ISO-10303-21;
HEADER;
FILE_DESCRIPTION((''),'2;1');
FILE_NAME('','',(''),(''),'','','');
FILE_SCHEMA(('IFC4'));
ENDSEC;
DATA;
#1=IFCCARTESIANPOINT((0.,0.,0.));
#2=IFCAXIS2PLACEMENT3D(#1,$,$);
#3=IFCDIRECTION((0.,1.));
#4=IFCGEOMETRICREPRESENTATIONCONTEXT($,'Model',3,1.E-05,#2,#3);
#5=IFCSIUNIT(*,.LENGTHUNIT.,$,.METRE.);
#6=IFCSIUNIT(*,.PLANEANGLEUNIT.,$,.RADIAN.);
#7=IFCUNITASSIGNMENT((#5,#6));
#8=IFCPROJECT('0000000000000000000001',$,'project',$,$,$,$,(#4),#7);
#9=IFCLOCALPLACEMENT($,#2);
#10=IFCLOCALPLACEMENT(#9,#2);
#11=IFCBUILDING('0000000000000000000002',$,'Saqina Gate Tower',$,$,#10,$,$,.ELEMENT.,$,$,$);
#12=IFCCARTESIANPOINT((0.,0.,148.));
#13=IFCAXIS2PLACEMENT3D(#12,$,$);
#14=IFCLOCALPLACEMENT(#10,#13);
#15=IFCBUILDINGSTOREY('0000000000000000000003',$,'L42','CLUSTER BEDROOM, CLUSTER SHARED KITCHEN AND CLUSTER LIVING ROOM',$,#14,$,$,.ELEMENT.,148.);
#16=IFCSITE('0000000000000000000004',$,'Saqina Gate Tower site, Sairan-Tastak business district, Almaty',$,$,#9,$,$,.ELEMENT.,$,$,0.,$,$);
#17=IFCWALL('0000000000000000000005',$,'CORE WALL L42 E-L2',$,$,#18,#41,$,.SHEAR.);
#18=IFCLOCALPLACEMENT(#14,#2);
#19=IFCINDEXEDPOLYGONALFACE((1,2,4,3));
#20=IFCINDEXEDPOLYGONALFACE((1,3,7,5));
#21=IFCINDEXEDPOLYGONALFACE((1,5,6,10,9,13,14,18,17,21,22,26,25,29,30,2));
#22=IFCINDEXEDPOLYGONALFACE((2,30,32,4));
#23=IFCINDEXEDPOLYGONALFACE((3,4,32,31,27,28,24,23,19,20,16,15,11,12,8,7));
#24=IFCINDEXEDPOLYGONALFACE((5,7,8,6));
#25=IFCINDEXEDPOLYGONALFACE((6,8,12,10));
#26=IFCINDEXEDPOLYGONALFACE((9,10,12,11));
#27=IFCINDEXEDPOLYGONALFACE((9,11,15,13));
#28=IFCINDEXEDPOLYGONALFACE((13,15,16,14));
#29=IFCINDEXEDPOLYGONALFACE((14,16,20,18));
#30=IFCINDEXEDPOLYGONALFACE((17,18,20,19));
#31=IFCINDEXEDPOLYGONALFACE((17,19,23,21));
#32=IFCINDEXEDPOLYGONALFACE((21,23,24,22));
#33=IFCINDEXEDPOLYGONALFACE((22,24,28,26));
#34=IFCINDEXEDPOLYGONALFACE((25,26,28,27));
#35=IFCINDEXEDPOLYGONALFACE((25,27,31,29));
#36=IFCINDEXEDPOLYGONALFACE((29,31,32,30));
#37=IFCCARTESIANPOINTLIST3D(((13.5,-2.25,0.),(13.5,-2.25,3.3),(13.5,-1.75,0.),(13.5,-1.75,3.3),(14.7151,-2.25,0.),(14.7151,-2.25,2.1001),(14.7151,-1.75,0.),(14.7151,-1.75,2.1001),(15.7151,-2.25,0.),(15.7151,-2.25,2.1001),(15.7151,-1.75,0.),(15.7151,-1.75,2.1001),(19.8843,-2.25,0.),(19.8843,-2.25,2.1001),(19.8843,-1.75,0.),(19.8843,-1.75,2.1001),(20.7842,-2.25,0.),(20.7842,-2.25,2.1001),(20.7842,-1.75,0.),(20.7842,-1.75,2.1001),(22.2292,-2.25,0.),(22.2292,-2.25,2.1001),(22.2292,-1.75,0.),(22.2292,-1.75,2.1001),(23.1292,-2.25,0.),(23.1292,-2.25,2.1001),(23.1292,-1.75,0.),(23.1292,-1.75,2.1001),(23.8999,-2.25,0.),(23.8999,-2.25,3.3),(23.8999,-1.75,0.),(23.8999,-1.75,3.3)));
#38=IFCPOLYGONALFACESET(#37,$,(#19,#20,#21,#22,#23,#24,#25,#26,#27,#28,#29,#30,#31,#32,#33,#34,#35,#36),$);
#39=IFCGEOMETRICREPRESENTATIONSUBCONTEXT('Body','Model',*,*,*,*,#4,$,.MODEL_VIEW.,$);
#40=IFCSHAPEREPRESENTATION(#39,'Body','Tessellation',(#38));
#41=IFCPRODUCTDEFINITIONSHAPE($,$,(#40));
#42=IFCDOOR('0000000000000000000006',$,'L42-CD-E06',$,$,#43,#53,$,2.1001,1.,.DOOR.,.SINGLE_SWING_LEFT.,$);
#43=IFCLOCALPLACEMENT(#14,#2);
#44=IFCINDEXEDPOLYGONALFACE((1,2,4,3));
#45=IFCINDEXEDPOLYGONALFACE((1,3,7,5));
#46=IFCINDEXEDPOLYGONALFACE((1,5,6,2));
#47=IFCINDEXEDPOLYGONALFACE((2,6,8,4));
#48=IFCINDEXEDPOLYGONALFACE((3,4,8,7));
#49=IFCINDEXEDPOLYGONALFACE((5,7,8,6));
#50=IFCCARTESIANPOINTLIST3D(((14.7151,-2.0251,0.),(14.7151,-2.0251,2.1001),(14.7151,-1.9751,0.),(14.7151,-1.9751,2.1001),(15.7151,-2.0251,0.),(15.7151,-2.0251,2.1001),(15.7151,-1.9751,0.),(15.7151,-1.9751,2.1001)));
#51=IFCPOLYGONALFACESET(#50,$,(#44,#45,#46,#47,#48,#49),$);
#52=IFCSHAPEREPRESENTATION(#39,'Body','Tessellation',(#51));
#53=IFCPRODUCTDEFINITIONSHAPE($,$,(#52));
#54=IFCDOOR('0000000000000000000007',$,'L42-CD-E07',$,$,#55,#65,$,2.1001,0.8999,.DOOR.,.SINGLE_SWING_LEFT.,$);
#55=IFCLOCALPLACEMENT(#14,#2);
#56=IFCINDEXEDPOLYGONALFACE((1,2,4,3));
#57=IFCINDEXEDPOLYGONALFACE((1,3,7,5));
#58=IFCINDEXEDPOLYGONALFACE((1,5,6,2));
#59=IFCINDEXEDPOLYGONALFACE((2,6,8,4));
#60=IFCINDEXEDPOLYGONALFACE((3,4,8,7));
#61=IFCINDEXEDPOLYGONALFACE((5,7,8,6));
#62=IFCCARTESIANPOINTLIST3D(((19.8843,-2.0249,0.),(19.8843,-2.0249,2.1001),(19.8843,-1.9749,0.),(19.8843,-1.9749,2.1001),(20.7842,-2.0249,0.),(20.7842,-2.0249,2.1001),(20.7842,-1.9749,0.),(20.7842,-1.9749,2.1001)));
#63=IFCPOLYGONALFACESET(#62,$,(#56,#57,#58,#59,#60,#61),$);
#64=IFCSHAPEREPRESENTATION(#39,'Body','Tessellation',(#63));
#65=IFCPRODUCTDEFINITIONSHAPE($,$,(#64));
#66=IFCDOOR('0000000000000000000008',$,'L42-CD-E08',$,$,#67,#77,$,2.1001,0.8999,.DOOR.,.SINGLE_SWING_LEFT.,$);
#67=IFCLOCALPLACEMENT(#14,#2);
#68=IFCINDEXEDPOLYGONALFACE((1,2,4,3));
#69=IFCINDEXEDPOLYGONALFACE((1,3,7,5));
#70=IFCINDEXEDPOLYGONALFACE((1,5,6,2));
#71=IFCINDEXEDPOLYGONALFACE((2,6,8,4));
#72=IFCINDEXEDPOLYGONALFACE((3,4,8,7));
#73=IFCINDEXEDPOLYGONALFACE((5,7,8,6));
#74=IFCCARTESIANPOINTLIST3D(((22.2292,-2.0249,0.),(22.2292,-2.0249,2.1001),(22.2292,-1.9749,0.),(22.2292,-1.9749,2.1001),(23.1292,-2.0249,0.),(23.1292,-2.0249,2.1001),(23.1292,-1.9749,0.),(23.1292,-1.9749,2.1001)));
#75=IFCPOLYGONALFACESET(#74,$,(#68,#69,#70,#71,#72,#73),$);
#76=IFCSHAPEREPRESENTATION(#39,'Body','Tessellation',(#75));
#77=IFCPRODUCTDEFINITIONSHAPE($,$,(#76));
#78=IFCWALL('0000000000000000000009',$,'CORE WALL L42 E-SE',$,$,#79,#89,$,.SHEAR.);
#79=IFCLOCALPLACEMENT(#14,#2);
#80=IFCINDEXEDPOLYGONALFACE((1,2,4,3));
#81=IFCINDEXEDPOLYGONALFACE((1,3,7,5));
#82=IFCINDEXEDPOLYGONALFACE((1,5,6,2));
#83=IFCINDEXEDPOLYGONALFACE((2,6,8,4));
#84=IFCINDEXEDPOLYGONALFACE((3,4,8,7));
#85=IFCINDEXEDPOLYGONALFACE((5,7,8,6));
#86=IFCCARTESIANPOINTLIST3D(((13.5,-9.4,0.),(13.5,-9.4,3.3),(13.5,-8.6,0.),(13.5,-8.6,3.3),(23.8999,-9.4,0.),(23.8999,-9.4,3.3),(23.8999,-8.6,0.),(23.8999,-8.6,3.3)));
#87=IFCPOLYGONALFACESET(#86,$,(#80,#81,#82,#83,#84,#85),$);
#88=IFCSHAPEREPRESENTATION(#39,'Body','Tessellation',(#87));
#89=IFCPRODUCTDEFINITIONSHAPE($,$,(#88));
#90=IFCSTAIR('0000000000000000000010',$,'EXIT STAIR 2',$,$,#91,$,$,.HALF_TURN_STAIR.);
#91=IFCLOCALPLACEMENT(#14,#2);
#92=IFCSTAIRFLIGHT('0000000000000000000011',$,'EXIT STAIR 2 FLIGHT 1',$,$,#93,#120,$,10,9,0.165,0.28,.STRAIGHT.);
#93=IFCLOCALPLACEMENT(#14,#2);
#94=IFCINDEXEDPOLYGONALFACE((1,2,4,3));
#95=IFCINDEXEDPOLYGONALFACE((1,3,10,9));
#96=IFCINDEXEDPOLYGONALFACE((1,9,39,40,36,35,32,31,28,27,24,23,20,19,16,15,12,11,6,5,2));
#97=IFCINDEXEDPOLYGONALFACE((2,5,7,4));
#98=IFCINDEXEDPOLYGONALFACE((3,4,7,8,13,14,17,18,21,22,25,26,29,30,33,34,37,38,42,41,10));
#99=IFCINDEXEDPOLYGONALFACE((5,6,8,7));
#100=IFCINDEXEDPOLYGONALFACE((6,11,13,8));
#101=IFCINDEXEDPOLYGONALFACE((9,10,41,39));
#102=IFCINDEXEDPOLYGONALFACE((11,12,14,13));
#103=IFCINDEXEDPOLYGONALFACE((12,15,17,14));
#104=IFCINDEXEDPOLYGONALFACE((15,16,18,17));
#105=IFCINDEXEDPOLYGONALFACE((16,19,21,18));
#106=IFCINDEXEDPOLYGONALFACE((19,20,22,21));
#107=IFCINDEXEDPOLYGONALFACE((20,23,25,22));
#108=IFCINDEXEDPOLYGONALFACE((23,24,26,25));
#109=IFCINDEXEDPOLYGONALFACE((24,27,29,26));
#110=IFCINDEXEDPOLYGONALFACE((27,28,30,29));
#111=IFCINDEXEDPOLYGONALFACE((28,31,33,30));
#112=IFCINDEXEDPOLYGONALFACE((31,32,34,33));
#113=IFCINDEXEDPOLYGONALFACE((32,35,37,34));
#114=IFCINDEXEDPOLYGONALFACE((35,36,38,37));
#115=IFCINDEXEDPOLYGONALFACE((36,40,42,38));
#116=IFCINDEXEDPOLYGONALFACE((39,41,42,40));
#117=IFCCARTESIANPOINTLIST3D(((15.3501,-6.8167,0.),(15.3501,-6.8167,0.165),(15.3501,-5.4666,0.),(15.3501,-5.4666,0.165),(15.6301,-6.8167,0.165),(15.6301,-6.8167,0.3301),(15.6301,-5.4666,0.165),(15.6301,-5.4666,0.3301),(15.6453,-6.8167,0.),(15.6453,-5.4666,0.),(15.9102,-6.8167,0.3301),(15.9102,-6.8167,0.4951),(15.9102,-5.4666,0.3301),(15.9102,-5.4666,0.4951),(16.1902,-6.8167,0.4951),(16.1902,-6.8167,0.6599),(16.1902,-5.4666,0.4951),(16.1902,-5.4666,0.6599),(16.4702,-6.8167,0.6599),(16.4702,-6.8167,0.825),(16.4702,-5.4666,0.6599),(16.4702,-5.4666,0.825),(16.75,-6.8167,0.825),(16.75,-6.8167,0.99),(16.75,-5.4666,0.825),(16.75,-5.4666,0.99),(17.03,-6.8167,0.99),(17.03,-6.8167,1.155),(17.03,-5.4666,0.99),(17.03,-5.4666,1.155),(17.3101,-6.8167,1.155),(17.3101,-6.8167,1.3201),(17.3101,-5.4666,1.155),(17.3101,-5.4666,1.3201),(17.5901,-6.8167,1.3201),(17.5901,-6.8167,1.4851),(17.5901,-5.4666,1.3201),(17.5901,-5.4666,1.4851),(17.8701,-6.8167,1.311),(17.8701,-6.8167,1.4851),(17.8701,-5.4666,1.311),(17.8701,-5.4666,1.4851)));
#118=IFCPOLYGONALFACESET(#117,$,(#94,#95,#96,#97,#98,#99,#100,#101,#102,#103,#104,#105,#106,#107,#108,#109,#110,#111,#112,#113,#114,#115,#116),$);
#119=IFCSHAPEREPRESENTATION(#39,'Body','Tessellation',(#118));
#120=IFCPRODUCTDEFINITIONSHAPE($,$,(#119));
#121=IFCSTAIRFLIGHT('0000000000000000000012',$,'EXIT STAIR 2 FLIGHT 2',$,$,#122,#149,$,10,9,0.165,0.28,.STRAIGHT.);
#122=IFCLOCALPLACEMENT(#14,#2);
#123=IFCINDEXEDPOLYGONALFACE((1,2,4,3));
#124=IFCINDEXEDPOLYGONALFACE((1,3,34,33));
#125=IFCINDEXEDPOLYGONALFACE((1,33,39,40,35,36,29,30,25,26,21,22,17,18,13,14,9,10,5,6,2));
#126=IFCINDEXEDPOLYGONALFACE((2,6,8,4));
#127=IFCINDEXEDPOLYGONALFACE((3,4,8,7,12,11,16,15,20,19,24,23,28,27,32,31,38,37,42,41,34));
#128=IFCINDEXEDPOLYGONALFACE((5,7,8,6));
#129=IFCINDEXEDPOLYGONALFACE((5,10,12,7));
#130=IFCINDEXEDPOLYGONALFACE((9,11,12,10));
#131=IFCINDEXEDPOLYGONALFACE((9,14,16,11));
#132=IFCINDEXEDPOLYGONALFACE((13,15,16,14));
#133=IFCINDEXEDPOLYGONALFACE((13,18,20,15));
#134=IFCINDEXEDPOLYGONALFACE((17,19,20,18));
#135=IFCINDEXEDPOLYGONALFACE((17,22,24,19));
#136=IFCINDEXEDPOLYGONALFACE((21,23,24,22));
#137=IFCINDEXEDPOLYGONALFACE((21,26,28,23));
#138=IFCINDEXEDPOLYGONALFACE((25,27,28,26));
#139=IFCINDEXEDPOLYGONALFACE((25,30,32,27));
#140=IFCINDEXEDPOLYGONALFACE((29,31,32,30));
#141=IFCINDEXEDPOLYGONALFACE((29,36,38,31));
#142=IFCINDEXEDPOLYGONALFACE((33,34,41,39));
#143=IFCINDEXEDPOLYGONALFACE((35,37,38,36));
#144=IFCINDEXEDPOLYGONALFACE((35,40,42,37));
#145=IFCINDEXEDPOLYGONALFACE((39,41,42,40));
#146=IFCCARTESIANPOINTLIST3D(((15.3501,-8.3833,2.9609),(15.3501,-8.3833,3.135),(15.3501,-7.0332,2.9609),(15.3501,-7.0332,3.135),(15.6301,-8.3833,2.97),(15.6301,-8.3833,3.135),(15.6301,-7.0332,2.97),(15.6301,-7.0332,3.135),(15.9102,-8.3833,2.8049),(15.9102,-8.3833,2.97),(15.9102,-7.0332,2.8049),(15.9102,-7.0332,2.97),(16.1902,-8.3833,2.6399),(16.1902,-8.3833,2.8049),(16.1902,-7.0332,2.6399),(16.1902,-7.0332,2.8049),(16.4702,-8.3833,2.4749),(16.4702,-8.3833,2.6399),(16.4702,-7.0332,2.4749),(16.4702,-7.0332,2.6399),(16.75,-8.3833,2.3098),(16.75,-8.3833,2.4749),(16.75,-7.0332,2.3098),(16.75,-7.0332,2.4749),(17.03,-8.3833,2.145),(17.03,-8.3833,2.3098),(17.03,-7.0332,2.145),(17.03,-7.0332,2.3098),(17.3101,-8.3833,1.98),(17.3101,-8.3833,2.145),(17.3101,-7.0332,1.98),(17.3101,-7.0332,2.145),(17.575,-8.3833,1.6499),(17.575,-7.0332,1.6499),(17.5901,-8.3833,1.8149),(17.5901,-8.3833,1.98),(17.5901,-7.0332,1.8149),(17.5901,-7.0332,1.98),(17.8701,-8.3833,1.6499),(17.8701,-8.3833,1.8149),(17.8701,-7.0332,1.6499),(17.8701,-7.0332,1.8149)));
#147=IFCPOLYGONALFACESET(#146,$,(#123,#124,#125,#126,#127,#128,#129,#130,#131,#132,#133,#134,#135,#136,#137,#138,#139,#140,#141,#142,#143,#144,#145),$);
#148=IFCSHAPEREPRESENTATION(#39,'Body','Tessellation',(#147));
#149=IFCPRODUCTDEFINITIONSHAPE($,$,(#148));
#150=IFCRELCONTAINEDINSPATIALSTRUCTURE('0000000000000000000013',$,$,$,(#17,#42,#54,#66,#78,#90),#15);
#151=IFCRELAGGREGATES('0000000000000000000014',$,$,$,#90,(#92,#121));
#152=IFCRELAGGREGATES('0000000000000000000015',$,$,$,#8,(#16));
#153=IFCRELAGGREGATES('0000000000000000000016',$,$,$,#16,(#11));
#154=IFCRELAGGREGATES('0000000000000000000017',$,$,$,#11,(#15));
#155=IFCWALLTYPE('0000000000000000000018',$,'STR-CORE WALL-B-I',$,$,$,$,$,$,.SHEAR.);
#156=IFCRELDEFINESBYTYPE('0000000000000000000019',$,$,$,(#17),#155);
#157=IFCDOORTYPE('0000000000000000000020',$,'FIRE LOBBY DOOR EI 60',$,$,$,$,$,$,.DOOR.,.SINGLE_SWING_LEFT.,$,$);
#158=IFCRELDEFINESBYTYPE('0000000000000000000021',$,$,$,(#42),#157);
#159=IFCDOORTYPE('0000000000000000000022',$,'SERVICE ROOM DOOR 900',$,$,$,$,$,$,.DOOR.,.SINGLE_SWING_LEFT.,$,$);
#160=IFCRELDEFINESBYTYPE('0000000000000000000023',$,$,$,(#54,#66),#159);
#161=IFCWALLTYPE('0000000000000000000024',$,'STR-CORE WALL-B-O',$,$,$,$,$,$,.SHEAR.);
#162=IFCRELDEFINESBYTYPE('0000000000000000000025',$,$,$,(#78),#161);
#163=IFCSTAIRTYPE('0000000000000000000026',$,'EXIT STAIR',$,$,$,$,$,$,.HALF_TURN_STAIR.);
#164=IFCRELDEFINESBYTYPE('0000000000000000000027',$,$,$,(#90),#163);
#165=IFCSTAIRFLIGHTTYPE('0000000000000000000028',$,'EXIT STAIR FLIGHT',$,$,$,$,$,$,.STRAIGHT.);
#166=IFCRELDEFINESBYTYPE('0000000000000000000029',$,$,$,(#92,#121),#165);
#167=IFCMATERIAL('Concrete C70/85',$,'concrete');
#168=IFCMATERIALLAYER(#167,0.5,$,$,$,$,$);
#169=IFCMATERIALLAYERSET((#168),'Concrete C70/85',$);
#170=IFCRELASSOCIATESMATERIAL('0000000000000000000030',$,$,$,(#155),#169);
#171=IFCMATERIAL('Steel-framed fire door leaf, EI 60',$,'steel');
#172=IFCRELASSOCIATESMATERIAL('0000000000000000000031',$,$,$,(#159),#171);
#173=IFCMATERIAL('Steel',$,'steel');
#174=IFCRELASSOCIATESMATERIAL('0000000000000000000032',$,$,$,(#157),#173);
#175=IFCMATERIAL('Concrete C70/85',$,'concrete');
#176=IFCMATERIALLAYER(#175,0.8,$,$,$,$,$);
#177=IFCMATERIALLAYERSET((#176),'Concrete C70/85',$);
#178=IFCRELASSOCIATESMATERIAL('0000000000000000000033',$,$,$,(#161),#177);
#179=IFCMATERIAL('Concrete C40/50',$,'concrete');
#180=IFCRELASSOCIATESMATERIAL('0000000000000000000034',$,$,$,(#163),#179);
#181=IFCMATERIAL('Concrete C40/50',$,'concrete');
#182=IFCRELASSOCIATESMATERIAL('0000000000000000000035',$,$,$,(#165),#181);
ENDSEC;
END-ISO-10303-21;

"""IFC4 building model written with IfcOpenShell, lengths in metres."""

from ifc_helpers import new_model, si_unit, direction, frame, frame_2d, origin, place, context, subcontext, project, spatial, polyline, rectangle, outline, extrude, material, layer, layer_set, type_object, element, fill, aggregate, save


model = new_model("IFC4")

# Units and contexts
model_context = context("Model", 3, precision=1e-05, world=origin(), true_north=direction((0.0, 1.0)))
body_context = subcontext(model_context, "Body", "Model", "MODEL_VIEW")
ifc_project = project(units=[si_unit("LENGTHUNIT", "METRE"), si_unit("PLANEANGLEUNIT", "RADIAN")], contexts=[model_context])

# Site, building, storey
site_placement = place(None, origin())
site = spatial("IfcSite", under=ifc_project, at=site_placement, Name="Saqina Gate Tower site, Sairan-Tastak business district, Almaty", CompositionType="ELEMENT", RefElevation=0.0)
building_placement = place(site_placement, origin())
building = spatial("IfcBuilding", under=site, at=building_placement, Name="Saqina Gate Tower", CompositionType="ELEMENT")
storey_placement = place(building_placement, frame((0.0, 0.0, 148.0)))
storey = spatial("IfcBuildingStorey", under=building, at=storey_placement, Name="L42", Description="CLUSTER BEDROOM, CLUSTER SHARED KITCHEN AND CLUSTER LIVING ROOM", CompositionType="ELEMENT", Elevation=148.0)

# Wall, openings, doors
ifc_material_1 = material(Name="Concrete C70/85", Category="concrete")
ifc_layer_1 = layer(ifc_material_1, 0.5)
ifc_layer_set_1 = layer_set([ifc_layer_1], Name="Concrete C70/85")
wall_type_1 = type_object("IfcWallType", Name="STR-CORE WALL-B-I", PredefinedType="SHEAR", material=ifc_layer_set_1)
ifc_material_2 = material(Name="Steel-framed fire door leaf, EI 60", Category="steel")
door_type_1 = type_object("IfcDoorType", Name="SERVICE ROOM DOOR 900", OperationType="SINGLE_SWING_LEFT", PredefinedType="DOOR", material=ifc_material_2)
wall_1_placement = place(storey_placement, frame((13.5, -2.0, 0.0), z_axis=(0.0, 0.0, 1.0), x_axis=(1.0, 0.0, 0.0)))
wall_1 = element("IfcWall", 1, at=wall_1_placement, inside=storey, type_object=wall_type_1, Name="CORE WALL L42 E-L2", PredefinedType="SHEAR", context=body_context, shape_type="SweptSolid", body=[
    extrude(rectangle(XDim=10.3999, YDim=0.5, at=frame_2d((5.2, 0.0))), origin(), (0.0, 0.0, 1.0), 3.3),
])
opening_1_placement = place(wall_1_placement, frame((1.2151, 0.0, 0.0)))
opening_1 = element("IfcOpeningElement", 2, at=opening_1_placement, cuts=wall_1, PredefinedType="OPENING", context=body_context, shape_type="SweptSolid", body=[
    extrude(rectangle(XDim=1.0, YDim=2.1001, at=frame_2d((0.5, 1.05))), frame((0.0, 0.262, 0.0), z_axis=(0.0, -1.0, 0.0), x_axis=(1.0, 0.0, 0.0)), (0.0, 0.0, 1.0), 0.5239),
])
opening_2_placement = place(wall_1_placement, frame((6.3843, 0.0, 0.0)))
opening_2 = element("IfcOpeningElement", 3, at=opening_2_placement, cuts=wall_1, PredefinedType="OPENING", context=body_context, shape_type="SweptSolid", body=[
    extrude(rectangle(XDim=0.8999, YDim=2.1001, at=frame_2d((0.45, 1.05))), frame((0.0, 0.262, 0.0), z_axis=(0.0, -1.0, 0.0), x_axis=(1.0, 0.0, 0.0)), (0.0, 0.0, 1.0), 0.5239),
])
opening_3_placement = place(wall_1_placement, frame((8.7292, 0.0, 0.0)))
opening_3 = element("IfcOpeningElement", 4, at=opening_3_placement, cuts=wall_1, PredefinedType="OPENING", context=body_context, shape_type="SweptSolid", body=[
    extrude(rectangle(XDim=0.8999, YDim=2.1001, at=frame_2d((0.45, 1.05))), frame((0.0, 0.262, 0.0), z_axis=(0.0, -1.0, 0.0), x_axis=(1.0, 0.0, 0.0)), (0.0, 0.0, 1.0), 0.5239),
])
ifc_material_3 = material(Name="Steel", Category="steel")
door_type_2 = type_object("IfcDoorType", Name="FIRE LOBBY DOOR EI 60", OperationType="SINGLE_SWING_LEFT", PredefinedType="DOOR", material=ifc_material_3)
door_1_placement = place(opening_1_placement, origin())
door_1 = element("IfcDoor", 5, at=door_1_placement, inside=storey, type_object=door_type_2, Name="L42-CD-E06", OperationType="SINGLE_SWING_LEFT", OverallHeight=2.1001, OverallWidth=1.0, PredefinedType="DOOR", context=body_context, shape_type="SweptSolid", body=[
    extrude(rectangle(XDim=1.0, YDim=2.1001, at=frame_2d((0.5, 1.05))), frame((0.0, 0.0249, 0.0), z_axis=(0.0, -1.0, 0.0), x_axis=(1.0, 0.0, 0.0)), (0.0, 0.0, 1.0), 0.05),
])
fill(opening_1, door_1)
door_2_placement = place(opening_2_placement, frame((0.8999, 0.0, 0.0), z_axis=(0.0, 0.0, 1.0), x_axis=(-1.0, 0.0, 0.0)))
door_2 = element("IfcDoor", 6, at=door_2_placement, inside=storey, type_object=door_type_1, Name="L42-CD-E07", OperationType="SINGLE_SWING_LEFT", OverallHeight=2.1001, OverallWidth=0.8999, PredefinedType="DOOR", context=body_context, shape_type="SweptSolid", body=[
    extrude(rectangle(XDim=0.8999, YDim=2.1001, at=frame_2d((0.45, 1.05))), frame((0.0, 0.0249, 0.0), z_axis=(0.0, -1.0, 0.0), x_axis=(1.0, 0.0, 0.0)), (0.0, 0.0, 1.0), 0.05),
])
fill(opening_2, door_2)
door_3_placement = place(opening_3_placement, frame((0.8999, 0.0, 0.0), z_axis=(0.0, 0.0, 1.0), x_axis=(-1.0, 0.0, 0.0)))
door_3 = element("IfcDoor", 7, at=door_3_placement, inside=storey, type_object=door_type_1, Name="L42-CD-E08", OperationType="SINGLE_SWING_LEFT", OverallHeight=2.1001, OverallWidth=0.8999, PredefinedType="DOOR", context=body_context, shape_type="SweptSolid", body=[
    extrude(rectangle(XDim=0.8999, YDim=2.1001, at=frame_2d((0.45, 1.05))), frame((0.0, 0.0249, 0.0), z_axis=(0.0, -1.0, 0.0), x_axis=(1.0, 0.0, 0.0)), (0.0, 0.0, 1.0), 0.05),
])
fill(opening_3, door_3)
ifc_material_4 = material(Name="Concrete C70/85", Category="concrete")
ifc_layer_2 = layer(ifc_material_4, 0.8)
ifc_layer_set_2 = layer_set([ifc_layer_2], Name="Concrete C70/85")
wall_type_2 = type_object("IfcWallType", Name="STR-CORE WALL-B-O", PredefinedType="SHEAR", material=ifc_layer_set_2)

# Wall
wall_2_placement = place(storey_placement, frame((13.5, -9.0, 0.0), z_axis=(0.0, 0.0, 1.0), x_axis=(1.0, 0.0, 0.0)))
element("IfcWall", 8, at=wall_2_placement, inside=storey, type_object=wall_type_2, Name="CORE WALL L42 E-SE", PredefinedType="SHEAR", context=body_context, shape_type="SweptSolid", body=[
    extrude(rectangle(XDim=10.3999, YDim=0.8, at=frame_2d((5.2, 0.0))), origin(), (0.0, 0.0, 1.0), 3.3),
])

# Stair, stair flights
ifc_material_5 = material(Name="Concrete C40/50", Category="concrete")
stair_type = type_object("IfcStairType", Name="EXIT STAIR", PredefinedType="HALF_TURN_STAIR", material=ifc_material_5)
stair_placement = place(storey_placement, origin())
stair = element("IfcStair", 9, at=stair_placement, inside=storey, type_object=stair_type, Name="EXIT STAIR 2", PredefinedType="HALF_TURN_STAIR")
ifc_material_6 = material(Name="Concrete C40/50", Category="concrete")
stair_flight_type = type_object("IfcStairFlightType", Name="EXIT STAIR FLIGHT", PredefinedType="STRAIGHT", material=ifc_material_6)
stair_flight_1_placement = place(storey_placement, frame((15.3501, -6.1416, 0.0), z_axis=(0.0, 0.0, 1.0), x_axis=(1.0, 0.0, 0.0)))
stair_flight_1 = element("IfcStairFlight", 10, at=stair_flight_1_placement, type_object=stair_flight_type, Name="EXIT STAIR 2 FLIGHT 1", NumberOfRisers=10, NumberOfTreads=9, PredefinedType="STRAIGHT", RiserHeight=0.165, TreadLength=0.28, context=body_context, shape_type="SweptSolid", body=[
    extrude(outline(polyline([(0.0, 0.0), (0.0, 0.165), (0.28, 0.165), (0.28, 0.3301), (0.5601, 0.3301), (0.5601, 0.4951), (0.8401, 0.4951), (0.8401, 0.6599), (1.1201, 0.6599), (1.1201, 0.825), (1.3999, 0.825), (1.3999, 0.99), (1.6799, 0.99), (1.6799, 1.155), (1.96, 1.155), (1.96, 1.3201), (2.24, 1.3201), (2.24, 1.4851), (2.52, 1.4851), (2.52, 1.6499), (2.52, 1.311), (0.2952, 0.0), (0.0, 0.0)])), frame((0.0, 0.675, 0.0), z_axis=(0.0, -1.0, 0.0), x_axis=(1.0, 0.0, 0.0)), (0.0, 0.0, 1.0), 1.3501),
])
stair_flight_2_placement = place(storey_placement, frame((17.8701, -7.7083, 1.6499), z_axis=(0.0, 0.0, 1.0), x_axis=(-1.0, 0.0, 0.0)))
stair_flight_2 = element("IfcStairFlight", 11, at=stair_flight_2_placement, type_object=stair_flight_type, Name="EXIT STAIR 2 FLIGHT 2", NumberOfRisers=10, NumberOfTreads=9, PredefinedType="STRAIGHT", RiserHeight=0.165, TreadLength=0.28, context=body_context, shape_type="SweptSolid", body=[
    extrude(outline(polyline([(0.0, 0.0), (0.0, 0.165), (0.28, 0.165), (0.28, 0.3301), (0.5601, 0.3301), (0.5601, 0.4951), (0.8401, 0.4951), (0.8401, 0.6599), (1.1201, 0.6599), (1.1201, 0.825), (1.3999, 0.825), (1.3999, 0.99), (1.6799, 0.99), (1.6799, 1.155), (1.96, 1.155), (1.96, 1.3201), (2.24, 1.3201), (2.24, 1.4851), (2.52, 1.4851), (2.52, 1.6499), (2.52, 1.311), (0.2952, 0.0), (0.0, 0.0)])), frame((0.0, 0.675, 0.0), z_axis=(0.0, -1.0, 0.0), x_axis=(1.0, 0.0, 0.0)), (0.0, 0.0, 1.0), 1.3501),
])
aggregate(stair, [stair_flight_1, stair_flight_2])

save(model, "model.ifc")
